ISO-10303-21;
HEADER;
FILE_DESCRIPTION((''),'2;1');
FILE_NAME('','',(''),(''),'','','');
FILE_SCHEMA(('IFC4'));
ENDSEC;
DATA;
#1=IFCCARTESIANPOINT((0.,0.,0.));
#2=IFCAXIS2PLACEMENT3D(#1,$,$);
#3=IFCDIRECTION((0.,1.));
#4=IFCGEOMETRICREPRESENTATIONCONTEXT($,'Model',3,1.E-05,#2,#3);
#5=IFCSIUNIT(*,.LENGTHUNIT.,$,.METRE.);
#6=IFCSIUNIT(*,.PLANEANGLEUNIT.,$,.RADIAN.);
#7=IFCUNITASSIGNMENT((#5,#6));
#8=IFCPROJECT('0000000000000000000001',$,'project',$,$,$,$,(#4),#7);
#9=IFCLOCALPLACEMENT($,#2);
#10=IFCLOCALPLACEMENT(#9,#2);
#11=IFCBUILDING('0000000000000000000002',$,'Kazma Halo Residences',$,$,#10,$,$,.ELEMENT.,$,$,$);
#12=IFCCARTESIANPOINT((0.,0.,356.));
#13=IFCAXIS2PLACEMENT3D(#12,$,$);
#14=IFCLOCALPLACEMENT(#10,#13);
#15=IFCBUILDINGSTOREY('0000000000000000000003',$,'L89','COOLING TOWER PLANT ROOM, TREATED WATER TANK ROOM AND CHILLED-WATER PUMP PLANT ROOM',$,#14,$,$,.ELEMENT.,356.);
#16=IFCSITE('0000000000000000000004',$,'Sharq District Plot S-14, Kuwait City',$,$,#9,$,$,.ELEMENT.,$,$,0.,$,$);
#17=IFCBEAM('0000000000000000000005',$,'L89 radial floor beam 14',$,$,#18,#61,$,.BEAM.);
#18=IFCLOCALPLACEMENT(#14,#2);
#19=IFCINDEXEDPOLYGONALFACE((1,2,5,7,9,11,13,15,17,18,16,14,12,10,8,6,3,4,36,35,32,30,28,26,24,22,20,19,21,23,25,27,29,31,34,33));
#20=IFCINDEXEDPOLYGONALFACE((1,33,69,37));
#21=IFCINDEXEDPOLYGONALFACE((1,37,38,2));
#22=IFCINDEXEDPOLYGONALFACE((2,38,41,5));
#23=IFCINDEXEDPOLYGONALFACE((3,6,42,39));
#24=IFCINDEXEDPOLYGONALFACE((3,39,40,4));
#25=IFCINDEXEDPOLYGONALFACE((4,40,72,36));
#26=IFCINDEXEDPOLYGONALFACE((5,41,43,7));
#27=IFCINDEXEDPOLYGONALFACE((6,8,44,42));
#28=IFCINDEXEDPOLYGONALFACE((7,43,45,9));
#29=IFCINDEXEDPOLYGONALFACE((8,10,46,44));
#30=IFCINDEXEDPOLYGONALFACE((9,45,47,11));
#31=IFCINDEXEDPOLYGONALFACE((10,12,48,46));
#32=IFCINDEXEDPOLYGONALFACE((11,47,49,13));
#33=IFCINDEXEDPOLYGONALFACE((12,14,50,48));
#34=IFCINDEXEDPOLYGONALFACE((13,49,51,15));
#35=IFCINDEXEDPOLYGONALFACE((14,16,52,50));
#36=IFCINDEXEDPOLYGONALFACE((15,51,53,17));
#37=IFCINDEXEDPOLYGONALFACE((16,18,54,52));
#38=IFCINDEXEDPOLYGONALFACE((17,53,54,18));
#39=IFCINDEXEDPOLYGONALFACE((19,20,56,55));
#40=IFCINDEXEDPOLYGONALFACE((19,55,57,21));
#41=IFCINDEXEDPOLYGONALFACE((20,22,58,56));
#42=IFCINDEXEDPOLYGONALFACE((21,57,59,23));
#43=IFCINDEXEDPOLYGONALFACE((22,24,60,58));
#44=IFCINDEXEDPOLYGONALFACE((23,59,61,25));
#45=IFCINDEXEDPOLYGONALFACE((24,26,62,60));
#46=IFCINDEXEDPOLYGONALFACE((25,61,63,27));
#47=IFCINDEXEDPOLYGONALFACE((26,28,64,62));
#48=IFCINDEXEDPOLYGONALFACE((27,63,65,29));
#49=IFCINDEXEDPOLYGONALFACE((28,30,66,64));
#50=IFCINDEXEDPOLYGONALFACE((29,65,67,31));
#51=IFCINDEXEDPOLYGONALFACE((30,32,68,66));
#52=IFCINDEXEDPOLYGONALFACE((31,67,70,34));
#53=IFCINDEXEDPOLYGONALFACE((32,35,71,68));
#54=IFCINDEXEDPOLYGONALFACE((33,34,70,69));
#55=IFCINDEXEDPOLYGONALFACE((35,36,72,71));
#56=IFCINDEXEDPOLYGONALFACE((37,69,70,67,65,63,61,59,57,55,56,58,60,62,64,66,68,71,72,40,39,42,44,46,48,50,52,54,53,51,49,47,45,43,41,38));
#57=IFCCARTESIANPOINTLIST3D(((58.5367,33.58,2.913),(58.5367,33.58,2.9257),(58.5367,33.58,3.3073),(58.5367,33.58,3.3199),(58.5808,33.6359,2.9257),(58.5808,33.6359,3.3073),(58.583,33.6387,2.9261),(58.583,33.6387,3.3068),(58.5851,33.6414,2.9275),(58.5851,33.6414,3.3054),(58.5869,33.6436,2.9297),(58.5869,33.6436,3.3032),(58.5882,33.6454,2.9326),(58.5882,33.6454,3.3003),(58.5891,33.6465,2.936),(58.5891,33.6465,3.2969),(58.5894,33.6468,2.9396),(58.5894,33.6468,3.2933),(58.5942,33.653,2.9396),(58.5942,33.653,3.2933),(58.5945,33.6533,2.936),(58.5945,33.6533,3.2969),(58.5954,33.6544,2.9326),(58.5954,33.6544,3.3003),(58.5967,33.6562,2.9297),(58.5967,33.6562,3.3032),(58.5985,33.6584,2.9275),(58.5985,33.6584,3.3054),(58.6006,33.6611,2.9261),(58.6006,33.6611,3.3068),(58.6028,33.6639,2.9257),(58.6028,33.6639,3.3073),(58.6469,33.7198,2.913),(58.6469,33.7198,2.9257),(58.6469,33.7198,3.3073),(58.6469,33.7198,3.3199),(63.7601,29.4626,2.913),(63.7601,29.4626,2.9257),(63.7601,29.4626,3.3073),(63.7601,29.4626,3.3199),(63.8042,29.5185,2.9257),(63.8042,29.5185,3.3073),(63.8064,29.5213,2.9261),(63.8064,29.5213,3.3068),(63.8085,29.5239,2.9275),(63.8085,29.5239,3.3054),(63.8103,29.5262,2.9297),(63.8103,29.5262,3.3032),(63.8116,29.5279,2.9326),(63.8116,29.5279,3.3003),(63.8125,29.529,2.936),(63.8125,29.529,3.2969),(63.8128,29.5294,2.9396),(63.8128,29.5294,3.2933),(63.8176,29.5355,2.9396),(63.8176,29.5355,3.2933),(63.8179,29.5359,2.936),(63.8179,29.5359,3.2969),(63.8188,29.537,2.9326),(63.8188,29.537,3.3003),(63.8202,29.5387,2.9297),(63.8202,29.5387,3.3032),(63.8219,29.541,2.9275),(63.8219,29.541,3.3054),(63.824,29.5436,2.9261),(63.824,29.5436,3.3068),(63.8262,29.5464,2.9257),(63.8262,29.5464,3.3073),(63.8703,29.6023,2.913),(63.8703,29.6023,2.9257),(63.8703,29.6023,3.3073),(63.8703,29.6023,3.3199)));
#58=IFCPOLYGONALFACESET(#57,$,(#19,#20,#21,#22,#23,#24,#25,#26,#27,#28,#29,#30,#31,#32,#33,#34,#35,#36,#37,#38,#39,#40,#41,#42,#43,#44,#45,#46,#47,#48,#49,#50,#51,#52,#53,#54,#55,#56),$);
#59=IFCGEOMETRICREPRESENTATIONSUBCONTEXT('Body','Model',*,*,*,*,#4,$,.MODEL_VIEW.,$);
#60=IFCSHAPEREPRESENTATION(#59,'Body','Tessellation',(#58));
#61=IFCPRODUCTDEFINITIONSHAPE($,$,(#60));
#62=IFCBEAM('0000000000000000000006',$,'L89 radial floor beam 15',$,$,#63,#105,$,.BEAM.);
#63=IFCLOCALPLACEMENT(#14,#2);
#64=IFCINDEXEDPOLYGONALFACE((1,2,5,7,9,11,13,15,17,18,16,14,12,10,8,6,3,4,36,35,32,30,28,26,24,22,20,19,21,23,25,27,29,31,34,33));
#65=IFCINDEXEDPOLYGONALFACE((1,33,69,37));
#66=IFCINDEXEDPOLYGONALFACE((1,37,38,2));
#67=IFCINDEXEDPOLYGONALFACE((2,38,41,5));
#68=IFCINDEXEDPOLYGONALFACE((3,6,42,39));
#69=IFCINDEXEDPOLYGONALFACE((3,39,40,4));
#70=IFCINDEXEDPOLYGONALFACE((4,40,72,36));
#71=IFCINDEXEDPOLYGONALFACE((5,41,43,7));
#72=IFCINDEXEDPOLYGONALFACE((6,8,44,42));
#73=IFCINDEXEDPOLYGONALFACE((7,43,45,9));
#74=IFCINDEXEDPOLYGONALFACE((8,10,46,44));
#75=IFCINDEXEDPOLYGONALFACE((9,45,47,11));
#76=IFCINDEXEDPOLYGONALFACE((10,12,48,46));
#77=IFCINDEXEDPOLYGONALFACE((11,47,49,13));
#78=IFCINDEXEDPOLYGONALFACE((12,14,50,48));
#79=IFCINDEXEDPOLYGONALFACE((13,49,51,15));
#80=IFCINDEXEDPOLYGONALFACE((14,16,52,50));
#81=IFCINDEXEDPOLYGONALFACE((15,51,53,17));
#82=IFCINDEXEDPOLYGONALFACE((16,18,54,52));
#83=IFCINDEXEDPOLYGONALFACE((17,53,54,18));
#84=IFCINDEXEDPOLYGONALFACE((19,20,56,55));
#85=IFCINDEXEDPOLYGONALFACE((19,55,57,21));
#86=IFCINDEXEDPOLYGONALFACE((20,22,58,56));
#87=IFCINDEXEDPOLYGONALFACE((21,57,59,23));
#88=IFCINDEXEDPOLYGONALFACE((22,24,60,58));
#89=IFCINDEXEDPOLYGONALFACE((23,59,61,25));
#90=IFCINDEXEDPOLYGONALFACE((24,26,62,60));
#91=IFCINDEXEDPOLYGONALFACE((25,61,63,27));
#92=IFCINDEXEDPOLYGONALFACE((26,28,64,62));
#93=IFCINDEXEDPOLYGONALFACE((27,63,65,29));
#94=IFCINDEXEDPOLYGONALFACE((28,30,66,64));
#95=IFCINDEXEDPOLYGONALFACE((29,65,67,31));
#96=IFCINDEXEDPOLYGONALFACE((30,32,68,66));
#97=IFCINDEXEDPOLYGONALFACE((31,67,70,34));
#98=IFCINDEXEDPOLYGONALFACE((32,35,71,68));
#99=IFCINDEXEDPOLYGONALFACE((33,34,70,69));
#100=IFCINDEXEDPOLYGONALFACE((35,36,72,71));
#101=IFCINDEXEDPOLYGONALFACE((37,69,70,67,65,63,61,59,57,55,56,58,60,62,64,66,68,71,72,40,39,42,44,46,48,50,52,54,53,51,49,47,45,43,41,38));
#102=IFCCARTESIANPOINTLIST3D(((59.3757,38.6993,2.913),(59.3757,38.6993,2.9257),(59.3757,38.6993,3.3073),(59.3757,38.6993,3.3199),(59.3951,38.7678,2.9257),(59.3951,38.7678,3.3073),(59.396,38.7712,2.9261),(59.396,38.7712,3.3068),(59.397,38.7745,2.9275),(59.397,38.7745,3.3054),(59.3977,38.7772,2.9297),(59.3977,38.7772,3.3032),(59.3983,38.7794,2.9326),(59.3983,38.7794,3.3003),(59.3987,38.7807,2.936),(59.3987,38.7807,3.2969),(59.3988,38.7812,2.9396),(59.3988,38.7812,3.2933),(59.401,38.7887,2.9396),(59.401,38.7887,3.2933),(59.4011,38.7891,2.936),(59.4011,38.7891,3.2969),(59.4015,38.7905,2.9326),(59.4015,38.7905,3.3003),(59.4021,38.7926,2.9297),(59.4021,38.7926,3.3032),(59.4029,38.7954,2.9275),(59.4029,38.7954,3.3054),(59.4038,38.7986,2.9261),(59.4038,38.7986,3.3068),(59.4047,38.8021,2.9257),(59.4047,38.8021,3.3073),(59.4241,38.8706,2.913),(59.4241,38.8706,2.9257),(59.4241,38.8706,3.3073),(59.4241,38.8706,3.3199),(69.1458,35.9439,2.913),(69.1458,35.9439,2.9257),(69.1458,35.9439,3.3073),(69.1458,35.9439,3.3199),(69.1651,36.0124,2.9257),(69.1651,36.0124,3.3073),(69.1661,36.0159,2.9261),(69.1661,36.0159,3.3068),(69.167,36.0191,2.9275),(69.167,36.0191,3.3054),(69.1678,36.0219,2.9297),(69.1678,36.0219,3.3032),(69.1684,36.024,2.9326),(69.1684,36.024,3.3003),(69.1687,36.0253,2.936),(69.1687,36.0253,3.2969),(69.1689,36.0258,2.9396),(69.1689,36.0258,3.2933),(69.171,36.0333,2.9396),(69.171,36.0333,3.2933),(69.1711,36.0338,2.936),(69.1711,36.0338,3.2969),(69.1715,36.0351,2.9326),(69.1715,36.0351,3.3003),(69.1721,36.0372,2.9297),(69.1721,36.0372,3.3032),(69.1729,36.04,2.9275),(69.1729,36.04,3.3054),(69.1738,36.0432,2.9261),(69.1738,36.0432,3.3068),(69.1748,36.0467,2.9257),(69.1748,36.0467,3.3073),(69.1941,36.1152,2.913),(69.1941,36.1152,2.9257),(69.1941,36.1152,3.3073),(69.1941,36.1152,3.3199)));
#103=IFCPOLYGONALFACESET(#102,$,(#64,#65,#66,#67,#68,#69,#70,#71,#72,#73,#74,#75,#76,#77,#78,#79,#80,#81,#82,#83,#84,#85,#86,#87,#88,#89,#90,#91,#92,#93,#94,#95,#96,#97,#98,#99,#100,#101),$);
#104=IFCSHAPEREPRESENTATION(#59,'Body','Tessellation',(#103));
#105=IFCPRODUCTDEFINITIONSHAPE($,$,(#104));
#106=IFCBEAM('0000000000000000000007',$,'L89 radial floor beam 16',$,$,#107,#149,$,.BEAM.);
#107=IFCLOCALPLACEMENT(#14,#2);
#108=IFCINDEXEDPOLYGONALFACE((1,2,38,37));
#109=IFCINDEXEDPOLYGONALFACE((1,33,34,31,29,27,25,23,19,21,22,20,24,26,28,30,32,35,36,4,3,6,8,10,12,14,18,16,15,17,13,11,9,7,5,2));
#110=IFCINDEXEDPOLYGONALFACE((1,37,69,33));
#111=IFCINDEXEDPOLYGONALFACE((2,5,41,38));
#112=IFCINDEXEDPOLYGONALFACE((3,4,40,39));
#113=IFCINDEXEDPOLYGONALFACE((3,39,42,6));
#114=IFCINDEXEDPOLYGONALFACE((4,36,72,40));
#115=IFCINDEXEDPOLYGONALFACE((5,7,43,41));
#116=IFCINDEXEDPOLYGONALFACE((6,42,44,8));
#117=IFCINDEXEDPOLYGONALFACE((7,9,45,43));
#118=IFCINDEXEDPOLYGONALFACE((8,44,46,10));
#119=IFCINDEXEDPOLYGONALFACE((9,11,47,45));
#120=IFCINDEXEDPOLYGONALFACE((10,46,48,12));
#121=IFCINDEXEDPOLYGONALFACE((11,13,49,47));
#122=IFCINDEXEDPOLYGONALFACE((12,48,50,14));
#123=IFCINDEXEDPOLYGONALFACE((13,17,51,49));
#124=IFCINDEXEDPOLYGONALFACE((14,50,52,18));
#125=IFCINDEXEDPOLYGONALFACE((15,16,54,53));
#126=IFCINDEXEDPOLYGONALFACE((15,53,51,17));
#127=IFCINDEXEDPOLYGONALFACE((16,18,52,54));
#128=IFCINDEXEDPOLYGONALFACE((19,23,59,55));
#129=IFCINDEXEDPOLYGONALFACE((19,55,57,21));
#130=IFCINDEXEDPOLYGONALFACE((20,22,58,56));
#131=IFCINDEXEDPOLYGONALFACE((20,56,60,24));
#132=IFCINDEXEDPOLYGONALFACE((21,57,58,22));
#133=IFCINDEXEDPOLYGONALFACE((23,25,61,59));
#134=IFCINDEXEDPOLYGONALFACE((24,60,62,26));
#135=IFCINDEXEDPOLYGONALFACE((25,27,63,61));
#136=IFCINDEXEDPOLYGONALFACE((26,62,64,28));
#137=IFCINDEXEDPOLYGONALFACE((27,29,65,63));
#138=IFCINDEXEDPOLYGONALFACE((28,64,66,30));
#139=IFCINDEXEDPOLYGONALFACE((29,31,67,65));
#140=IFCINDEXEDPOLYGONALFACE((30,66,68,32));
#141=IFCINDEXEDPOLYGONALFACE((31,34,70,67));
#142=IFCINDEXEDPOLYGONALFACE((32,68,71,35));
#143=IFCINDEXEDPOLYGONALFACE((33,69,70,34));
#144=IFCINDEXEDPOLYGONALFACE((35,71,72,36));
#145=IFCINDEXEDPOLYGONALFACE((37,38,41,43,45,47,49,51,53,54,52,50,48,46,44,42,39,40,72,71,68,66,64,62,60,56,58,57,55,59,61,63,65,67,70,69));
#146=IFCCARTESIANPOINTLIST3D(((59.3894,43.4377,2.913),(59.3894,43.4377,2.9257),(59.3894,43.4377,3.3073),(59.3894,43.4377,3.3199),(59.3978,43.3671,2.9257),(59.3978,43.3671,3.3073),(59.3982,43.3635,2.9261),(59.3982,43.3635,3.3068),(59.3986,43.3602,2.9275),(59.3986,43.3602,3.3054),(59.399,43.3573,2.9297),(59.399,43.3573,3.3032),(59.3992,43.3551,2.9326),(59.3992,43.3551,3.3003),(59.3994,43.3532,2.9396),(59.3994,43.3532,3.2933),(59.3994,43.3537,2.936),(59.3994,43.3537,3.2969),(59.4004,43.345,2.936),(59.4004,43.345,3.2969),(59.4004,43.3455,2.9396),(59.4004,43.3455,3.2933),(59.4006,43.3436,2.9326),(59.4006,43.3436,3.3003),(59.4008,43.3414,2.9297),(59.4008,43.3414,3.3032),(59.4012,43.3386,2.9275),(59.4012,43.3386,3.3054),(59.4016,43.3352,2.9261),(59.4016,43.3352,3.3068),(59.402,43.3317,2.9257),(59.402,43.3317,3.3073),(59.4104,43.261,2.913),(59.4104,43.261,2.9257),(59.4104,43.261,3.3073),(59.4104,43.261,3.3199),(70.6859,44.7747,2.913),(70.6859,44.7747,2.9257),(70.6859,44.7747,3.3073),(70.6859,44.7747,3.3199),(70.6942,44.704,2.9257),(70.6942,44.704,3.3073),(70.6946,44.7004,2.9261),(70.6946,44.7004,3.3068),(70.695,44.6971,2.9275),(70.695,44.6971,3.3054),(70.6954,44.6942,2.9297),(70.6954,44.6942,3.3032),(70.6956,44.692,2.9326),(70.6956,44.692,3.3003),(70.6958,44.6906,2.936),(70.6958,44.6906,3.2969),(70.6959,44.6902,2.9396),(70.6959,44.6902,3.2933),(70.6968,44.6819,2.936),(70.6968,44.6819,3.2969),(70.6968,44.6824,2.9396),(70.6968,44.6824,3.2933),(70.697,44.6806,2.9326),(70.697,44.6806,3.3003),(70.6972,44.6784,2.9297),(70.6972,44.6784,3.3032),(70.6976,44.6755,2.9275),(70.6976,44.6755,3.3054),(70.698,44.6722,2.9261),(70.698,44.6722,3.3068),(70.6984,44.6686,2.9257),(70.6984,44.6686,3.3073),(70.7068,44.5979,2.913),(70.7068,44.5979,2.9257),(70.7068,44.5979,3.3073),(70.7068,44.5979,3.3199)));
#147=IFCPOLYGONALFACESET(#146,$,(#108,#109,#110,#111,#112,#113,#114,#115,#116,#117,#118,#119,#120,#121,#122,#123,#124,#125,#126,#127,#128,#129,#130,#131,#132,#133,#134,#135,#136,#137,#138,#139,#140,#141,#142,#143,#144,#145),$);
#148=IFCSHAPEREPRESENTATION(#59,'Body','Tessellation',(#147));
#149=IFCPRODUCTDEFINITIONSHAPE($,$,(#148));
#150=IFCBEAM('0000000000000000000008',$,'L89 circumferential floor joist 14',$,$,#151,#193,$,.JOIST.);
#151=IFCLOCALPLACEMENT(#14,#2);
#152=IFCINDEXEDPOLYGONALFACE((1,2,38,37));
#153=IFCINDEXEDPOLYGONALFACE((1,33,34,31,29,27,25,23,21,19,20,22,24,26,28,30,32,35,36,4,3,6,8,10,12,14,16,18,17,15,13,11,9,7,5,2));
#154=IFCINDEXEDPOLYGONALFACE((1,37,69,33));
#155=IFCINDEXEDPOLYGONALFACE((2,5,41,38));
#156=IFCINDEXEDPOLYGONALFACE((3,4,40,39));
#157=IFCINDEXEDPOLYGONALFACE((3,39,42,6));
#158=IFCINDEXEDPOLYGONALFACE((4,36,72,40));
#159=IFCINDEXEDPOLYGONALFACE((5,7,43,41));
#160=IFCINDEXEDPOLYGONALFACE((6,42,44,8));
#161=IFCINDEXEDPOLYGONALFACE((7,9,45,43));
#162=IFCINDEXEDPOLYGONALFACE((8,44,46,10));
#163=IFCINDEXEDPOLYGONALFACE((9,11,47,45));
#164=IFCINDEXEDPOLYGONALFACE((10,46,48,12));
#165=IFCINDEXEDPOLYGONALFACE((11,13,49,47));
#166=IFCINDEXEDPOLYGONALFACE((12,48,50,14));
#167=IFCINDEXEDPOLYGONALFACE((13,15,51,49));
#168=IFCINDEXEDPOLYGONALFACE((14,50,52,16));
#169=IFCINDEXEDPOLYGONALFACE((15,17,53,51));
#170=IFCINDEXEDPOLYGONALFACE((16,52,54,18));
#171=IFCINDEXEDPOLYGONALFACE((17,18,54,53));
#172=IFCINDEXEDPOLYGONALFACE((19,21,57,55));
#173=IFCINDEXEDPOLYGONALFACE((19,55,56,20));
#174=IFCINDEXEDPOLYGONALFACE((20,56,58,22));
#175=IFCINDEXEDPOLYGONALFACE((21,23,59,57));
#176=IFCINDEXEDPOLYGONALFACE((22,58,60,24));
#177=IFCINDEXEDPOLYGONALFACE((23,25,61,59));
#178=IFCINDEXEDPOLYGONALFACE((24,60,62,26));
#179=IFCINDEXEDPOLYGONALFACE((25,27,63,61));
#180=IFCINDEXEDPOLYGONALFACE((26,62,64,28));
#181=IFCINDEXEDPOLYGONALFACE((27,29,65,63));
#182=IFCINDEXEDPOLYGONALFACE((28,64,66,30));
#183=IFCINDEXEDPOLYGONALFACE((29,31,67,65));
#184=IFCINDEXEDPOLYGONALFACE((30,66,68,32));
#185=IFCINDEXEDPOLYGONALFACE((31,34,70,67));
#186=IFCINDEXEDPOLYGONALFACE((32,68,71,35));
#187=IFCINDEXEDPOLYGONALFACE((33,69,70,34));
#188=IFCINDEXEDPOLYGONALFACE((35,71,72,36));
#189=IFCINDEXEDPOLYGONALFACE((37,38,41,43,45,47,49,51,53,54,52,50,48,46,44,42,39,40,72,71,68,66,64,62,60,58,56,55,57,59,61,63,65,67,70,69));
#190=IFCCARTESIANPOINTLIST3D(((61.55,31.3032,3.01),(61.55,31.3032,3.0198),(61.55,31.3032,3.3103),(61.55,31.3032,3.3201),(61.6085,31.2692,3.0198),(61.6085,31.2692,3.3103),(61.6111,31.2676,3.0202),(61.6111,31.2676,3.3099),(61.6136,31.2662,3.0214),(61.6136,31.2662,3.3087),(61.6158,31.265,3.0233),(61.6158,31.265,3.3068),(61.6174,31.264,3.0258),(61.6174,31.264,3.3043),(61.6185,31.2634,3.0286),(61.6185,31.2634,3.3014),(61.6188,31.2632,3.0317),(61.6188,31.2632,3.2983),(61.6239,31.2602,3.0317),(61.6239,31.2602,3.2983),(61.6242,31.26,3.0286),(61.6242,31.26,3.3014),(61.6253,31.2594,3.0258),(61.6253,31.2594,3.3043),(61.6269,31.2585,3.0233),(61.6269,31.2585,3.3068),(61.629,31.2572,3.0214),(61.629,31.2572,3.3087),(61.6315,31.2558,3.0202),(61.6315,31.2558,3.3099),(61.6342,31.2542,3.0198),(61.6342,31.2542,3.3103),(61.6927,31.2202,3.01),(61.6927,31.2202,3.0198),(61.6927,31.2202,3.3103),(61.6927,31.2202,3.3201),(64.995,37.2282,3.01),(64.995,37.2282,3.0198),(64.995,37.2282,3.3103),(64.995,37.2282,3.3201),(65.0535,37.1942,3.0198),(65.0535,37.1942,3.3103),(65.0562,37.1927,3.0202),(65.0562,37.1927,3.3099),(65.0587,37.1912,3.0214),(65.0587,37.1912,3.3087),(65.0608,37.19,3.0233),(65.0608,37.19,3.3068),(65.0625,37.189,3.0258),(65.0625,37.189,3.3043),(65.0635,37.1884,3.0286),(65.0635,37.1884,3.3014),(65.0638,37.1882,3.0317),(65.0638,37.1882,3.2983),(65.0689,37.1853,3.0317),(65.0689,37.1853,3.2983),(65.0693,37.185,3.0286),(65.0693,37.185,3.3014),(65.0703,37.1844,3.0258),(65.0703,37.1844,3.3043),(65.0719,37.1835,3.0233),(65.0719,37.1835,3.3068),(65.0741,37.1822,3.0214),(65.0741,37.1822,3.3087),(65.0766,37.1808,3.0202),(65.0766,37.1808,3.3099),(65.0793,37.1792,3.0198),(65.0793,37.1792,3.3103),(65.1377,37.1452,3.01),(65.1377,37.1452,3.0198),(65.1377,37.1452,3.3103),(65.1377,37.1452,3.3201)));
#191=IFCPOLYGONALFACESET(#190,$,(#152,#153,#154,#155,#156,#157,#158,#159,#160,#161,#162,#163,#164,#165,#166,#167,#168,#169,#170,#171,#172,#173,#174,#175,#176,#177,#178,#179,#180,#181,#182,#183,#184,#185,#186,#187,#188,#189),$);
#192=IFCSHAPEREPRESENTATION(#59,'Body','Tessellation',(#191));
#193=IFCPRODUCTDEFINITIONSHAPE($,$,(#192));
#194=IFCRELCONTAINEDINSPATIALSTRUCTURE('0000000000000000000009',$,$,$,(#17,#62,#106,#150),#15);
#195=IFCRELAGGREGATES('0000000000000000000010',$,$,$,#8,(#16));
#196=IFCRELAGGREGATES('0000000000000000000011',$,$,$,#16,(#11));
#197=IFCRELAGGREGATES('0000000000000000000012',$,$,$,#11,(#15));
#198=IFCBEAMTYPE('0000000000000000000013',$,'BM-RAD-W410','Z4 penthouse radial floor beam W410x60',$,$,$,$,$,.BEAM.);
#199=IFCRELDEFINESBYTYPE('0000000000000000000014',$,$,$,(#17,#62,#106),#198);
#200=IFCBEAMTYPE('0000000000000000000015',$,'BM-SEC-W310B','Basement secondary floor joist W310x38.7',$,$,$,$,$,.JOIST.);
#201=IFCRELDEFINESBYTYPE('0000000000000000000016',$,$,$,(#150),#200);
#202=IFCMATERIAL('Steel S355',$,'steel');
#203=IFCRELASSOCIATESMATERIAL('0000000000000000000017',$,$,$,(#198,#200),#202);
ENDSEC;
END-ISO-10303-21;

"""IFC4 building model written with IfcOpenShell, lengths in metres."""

from ifc_helpers import new_model, si_unit, direction, frame, origin, origin_2d, place, context, subcontext, project, spatial, i_section, extrude, material, material_profile, profile_set, type_object, element, save


model = new_model("IFC4")

# Units and contexts
model_context = context("Model", 3, precision=1e-05, world=origin(), true_north=direction((0.0, 1.0)))
body_context = subcontext(model_context, "Body", "Model", "MODEL_VIEW")
ifc_project = project(units=[si_unit("LENGTHUNIT", "METRE"), si_unit("PLANEANGLEUNIT", "RADIAN")], contexts=[model_context])

# Site, building, storey
site_placement = place(None, origin())
site = spatial("IfcSite", under=ifc_project, at=site_placement, Name="Sharq District Plot S-14, Kuwait City", CompositionType="ELEMENT", RefElevation=0.0)
building_placement = place(site_placement, origin())
building = spatial("IfcBuilding", under=site, at=building_placement, Name="Kazma Halo Residences", CompositionType="ELEMENT")
storey_placement = place(building_placement, frame((0.0, 0.0, 356.0)))
storey = spatial("IfcBuildingStorey", under=building, at=storey_placement, Name="L89", Description="COOLING TOWER PLANT ROOM, TREATED WATER TANK ROOM AND CHILLED-WATER PUMP PLANT ROOM", CompositionType="ELEMENT", Elevation=356.0)

# Shared definitions
ifc_material_1 = material(Name="Steel S355", Category="steel")

# Beams
ifc_material_profile_1 = material_profile(ifc_material_1, i_section(OverallWidth=0.178, OverallDepth=0.407, WebThickness=0.0078, FlangeThickness=0.0127, FilletRadius=0.0139, at=origin_2d()), Name="W410x60")
ifc_profile_set_1 = profile_set([ifc_material_profile_1], Name="Steel S355")
beam_type_1 = type_object("IfcBeamType", Name="BM-RAD-W410", Description="Z4 penthouse radial floor beam W410x60", PredefinedType="BEAM", material=ifc_profile_set_1)
beam_1_placement = place(storey_placement, frame((58.5918, 33.6499, 3.1165), z_axis=(0.785343, -0.619061, 0.0), x_axis=(0.619061, 0.785343, 0.0)))
element("IfcBeam", 1, at=beam_1_placement, inside=storey, type_object=beam_type_1, Name="L89 radial floor beam 14", PredefinedType="BEAM", context=body_context, shape_type="SweptSolid", body=[
    extrude(i_section(OverallWidth=0.178, OverallDepth=0.407, WebThickness=0.0078, FlangeThickness=0.0127, FilletRadius=0.0139, at=origin_2d()), origin(), (0.0, 0.0, 1.0), 6.6511),
])
beam_2_placement = place(storey_placement, frame((59.3999, 38.7849, 3.1165), z_axis=(0.962457, -0.271435, 0.0), x_axis=(0.271435, 0.962457, 0.0)))
element("IfcBeam", 2, at=beam_2_placement, inside=storey, type_object=beam_type_1, Name="L89 radial floor beam 15", PredefinedType="BEAM", context=body_context, shape_type="SweptSolid", body=[
    extrude(i_section(OverallWidth=0.178, OverallDepth=0.407, WebThickness=0.0078, FlangeThickness=0.0127, FilletRadius=0.0139, at=origin_2d()), origin(), (0.0, 0.0, 1.0), 10.1511),
])
beam_3_placement = place(storey_placement, frame((59.3999, 43.3494, 3.1165), z_axis=(0.993069, 0.117529, 0.0), x_axis=(-0.117529, 0.993069, 0.0)))
element("IfcBeam", 3, at=beam_3_placement, inside=storey, type_object=beam_type_1, Name="L89 radial floor beam 16", PredefinedType="BEAM", context=body_context, shape_type="SweptSolid", body=[
    extrude(i_section(OverallWidth=0.178, OverallDepth=0.407, WebThickness=0.0078, FlangeThickness=0.0127, FilletRadius=0.0139, at=origin_2d()), origin(), (0.0, 0.0, 1.0), 11.3752),
])
ifc_material_profile_2 = material_profile(ifc_material_1, i_section(OverallWidth=0.165, OverallDepth=0.3101, WebThickness=0.0059, FlangeThickness=0.0098, FilletRadius=0.012, at=origin_2d()), Name="W310x38.7")
ifc_profile_set_2 = profile_set([ifc_material_profile_2], Name="Steel S355")
beam_type_2 = type_object("IfcBeamType", Name="BM-SEC-W310B", Description="Basement secondary floor joist W310x38.7", PredefinedType="JOIST", material=ifc_profile_set_2)
beam_4_placement = place(storey_placement, frame((61.6213, 31.2617, 3.165), z_axis=(0.50265, 0.86449, 0.0), x_axis=(-0.86449, 0.50265, 0.0)))
element("IfcBeam", 4, at=beam_4_placement, inside=storey, type_object=beam_type_2, Name="L89 circumferential floor joist 14", PredefinedType="JOIST", context=body_context, shape_type="SweptSolid", body=[
    extrude(i_section(OverallWidth=0.165, OverallDepth=0.3101, WebThickness=0.0059, FlangeThickness=0.0098, FilletRadius=0.012, at=origin_2d()), origin(), (0.0, 0.0, 1.0), 6.8538),
])

save(model, "model.ifc")
